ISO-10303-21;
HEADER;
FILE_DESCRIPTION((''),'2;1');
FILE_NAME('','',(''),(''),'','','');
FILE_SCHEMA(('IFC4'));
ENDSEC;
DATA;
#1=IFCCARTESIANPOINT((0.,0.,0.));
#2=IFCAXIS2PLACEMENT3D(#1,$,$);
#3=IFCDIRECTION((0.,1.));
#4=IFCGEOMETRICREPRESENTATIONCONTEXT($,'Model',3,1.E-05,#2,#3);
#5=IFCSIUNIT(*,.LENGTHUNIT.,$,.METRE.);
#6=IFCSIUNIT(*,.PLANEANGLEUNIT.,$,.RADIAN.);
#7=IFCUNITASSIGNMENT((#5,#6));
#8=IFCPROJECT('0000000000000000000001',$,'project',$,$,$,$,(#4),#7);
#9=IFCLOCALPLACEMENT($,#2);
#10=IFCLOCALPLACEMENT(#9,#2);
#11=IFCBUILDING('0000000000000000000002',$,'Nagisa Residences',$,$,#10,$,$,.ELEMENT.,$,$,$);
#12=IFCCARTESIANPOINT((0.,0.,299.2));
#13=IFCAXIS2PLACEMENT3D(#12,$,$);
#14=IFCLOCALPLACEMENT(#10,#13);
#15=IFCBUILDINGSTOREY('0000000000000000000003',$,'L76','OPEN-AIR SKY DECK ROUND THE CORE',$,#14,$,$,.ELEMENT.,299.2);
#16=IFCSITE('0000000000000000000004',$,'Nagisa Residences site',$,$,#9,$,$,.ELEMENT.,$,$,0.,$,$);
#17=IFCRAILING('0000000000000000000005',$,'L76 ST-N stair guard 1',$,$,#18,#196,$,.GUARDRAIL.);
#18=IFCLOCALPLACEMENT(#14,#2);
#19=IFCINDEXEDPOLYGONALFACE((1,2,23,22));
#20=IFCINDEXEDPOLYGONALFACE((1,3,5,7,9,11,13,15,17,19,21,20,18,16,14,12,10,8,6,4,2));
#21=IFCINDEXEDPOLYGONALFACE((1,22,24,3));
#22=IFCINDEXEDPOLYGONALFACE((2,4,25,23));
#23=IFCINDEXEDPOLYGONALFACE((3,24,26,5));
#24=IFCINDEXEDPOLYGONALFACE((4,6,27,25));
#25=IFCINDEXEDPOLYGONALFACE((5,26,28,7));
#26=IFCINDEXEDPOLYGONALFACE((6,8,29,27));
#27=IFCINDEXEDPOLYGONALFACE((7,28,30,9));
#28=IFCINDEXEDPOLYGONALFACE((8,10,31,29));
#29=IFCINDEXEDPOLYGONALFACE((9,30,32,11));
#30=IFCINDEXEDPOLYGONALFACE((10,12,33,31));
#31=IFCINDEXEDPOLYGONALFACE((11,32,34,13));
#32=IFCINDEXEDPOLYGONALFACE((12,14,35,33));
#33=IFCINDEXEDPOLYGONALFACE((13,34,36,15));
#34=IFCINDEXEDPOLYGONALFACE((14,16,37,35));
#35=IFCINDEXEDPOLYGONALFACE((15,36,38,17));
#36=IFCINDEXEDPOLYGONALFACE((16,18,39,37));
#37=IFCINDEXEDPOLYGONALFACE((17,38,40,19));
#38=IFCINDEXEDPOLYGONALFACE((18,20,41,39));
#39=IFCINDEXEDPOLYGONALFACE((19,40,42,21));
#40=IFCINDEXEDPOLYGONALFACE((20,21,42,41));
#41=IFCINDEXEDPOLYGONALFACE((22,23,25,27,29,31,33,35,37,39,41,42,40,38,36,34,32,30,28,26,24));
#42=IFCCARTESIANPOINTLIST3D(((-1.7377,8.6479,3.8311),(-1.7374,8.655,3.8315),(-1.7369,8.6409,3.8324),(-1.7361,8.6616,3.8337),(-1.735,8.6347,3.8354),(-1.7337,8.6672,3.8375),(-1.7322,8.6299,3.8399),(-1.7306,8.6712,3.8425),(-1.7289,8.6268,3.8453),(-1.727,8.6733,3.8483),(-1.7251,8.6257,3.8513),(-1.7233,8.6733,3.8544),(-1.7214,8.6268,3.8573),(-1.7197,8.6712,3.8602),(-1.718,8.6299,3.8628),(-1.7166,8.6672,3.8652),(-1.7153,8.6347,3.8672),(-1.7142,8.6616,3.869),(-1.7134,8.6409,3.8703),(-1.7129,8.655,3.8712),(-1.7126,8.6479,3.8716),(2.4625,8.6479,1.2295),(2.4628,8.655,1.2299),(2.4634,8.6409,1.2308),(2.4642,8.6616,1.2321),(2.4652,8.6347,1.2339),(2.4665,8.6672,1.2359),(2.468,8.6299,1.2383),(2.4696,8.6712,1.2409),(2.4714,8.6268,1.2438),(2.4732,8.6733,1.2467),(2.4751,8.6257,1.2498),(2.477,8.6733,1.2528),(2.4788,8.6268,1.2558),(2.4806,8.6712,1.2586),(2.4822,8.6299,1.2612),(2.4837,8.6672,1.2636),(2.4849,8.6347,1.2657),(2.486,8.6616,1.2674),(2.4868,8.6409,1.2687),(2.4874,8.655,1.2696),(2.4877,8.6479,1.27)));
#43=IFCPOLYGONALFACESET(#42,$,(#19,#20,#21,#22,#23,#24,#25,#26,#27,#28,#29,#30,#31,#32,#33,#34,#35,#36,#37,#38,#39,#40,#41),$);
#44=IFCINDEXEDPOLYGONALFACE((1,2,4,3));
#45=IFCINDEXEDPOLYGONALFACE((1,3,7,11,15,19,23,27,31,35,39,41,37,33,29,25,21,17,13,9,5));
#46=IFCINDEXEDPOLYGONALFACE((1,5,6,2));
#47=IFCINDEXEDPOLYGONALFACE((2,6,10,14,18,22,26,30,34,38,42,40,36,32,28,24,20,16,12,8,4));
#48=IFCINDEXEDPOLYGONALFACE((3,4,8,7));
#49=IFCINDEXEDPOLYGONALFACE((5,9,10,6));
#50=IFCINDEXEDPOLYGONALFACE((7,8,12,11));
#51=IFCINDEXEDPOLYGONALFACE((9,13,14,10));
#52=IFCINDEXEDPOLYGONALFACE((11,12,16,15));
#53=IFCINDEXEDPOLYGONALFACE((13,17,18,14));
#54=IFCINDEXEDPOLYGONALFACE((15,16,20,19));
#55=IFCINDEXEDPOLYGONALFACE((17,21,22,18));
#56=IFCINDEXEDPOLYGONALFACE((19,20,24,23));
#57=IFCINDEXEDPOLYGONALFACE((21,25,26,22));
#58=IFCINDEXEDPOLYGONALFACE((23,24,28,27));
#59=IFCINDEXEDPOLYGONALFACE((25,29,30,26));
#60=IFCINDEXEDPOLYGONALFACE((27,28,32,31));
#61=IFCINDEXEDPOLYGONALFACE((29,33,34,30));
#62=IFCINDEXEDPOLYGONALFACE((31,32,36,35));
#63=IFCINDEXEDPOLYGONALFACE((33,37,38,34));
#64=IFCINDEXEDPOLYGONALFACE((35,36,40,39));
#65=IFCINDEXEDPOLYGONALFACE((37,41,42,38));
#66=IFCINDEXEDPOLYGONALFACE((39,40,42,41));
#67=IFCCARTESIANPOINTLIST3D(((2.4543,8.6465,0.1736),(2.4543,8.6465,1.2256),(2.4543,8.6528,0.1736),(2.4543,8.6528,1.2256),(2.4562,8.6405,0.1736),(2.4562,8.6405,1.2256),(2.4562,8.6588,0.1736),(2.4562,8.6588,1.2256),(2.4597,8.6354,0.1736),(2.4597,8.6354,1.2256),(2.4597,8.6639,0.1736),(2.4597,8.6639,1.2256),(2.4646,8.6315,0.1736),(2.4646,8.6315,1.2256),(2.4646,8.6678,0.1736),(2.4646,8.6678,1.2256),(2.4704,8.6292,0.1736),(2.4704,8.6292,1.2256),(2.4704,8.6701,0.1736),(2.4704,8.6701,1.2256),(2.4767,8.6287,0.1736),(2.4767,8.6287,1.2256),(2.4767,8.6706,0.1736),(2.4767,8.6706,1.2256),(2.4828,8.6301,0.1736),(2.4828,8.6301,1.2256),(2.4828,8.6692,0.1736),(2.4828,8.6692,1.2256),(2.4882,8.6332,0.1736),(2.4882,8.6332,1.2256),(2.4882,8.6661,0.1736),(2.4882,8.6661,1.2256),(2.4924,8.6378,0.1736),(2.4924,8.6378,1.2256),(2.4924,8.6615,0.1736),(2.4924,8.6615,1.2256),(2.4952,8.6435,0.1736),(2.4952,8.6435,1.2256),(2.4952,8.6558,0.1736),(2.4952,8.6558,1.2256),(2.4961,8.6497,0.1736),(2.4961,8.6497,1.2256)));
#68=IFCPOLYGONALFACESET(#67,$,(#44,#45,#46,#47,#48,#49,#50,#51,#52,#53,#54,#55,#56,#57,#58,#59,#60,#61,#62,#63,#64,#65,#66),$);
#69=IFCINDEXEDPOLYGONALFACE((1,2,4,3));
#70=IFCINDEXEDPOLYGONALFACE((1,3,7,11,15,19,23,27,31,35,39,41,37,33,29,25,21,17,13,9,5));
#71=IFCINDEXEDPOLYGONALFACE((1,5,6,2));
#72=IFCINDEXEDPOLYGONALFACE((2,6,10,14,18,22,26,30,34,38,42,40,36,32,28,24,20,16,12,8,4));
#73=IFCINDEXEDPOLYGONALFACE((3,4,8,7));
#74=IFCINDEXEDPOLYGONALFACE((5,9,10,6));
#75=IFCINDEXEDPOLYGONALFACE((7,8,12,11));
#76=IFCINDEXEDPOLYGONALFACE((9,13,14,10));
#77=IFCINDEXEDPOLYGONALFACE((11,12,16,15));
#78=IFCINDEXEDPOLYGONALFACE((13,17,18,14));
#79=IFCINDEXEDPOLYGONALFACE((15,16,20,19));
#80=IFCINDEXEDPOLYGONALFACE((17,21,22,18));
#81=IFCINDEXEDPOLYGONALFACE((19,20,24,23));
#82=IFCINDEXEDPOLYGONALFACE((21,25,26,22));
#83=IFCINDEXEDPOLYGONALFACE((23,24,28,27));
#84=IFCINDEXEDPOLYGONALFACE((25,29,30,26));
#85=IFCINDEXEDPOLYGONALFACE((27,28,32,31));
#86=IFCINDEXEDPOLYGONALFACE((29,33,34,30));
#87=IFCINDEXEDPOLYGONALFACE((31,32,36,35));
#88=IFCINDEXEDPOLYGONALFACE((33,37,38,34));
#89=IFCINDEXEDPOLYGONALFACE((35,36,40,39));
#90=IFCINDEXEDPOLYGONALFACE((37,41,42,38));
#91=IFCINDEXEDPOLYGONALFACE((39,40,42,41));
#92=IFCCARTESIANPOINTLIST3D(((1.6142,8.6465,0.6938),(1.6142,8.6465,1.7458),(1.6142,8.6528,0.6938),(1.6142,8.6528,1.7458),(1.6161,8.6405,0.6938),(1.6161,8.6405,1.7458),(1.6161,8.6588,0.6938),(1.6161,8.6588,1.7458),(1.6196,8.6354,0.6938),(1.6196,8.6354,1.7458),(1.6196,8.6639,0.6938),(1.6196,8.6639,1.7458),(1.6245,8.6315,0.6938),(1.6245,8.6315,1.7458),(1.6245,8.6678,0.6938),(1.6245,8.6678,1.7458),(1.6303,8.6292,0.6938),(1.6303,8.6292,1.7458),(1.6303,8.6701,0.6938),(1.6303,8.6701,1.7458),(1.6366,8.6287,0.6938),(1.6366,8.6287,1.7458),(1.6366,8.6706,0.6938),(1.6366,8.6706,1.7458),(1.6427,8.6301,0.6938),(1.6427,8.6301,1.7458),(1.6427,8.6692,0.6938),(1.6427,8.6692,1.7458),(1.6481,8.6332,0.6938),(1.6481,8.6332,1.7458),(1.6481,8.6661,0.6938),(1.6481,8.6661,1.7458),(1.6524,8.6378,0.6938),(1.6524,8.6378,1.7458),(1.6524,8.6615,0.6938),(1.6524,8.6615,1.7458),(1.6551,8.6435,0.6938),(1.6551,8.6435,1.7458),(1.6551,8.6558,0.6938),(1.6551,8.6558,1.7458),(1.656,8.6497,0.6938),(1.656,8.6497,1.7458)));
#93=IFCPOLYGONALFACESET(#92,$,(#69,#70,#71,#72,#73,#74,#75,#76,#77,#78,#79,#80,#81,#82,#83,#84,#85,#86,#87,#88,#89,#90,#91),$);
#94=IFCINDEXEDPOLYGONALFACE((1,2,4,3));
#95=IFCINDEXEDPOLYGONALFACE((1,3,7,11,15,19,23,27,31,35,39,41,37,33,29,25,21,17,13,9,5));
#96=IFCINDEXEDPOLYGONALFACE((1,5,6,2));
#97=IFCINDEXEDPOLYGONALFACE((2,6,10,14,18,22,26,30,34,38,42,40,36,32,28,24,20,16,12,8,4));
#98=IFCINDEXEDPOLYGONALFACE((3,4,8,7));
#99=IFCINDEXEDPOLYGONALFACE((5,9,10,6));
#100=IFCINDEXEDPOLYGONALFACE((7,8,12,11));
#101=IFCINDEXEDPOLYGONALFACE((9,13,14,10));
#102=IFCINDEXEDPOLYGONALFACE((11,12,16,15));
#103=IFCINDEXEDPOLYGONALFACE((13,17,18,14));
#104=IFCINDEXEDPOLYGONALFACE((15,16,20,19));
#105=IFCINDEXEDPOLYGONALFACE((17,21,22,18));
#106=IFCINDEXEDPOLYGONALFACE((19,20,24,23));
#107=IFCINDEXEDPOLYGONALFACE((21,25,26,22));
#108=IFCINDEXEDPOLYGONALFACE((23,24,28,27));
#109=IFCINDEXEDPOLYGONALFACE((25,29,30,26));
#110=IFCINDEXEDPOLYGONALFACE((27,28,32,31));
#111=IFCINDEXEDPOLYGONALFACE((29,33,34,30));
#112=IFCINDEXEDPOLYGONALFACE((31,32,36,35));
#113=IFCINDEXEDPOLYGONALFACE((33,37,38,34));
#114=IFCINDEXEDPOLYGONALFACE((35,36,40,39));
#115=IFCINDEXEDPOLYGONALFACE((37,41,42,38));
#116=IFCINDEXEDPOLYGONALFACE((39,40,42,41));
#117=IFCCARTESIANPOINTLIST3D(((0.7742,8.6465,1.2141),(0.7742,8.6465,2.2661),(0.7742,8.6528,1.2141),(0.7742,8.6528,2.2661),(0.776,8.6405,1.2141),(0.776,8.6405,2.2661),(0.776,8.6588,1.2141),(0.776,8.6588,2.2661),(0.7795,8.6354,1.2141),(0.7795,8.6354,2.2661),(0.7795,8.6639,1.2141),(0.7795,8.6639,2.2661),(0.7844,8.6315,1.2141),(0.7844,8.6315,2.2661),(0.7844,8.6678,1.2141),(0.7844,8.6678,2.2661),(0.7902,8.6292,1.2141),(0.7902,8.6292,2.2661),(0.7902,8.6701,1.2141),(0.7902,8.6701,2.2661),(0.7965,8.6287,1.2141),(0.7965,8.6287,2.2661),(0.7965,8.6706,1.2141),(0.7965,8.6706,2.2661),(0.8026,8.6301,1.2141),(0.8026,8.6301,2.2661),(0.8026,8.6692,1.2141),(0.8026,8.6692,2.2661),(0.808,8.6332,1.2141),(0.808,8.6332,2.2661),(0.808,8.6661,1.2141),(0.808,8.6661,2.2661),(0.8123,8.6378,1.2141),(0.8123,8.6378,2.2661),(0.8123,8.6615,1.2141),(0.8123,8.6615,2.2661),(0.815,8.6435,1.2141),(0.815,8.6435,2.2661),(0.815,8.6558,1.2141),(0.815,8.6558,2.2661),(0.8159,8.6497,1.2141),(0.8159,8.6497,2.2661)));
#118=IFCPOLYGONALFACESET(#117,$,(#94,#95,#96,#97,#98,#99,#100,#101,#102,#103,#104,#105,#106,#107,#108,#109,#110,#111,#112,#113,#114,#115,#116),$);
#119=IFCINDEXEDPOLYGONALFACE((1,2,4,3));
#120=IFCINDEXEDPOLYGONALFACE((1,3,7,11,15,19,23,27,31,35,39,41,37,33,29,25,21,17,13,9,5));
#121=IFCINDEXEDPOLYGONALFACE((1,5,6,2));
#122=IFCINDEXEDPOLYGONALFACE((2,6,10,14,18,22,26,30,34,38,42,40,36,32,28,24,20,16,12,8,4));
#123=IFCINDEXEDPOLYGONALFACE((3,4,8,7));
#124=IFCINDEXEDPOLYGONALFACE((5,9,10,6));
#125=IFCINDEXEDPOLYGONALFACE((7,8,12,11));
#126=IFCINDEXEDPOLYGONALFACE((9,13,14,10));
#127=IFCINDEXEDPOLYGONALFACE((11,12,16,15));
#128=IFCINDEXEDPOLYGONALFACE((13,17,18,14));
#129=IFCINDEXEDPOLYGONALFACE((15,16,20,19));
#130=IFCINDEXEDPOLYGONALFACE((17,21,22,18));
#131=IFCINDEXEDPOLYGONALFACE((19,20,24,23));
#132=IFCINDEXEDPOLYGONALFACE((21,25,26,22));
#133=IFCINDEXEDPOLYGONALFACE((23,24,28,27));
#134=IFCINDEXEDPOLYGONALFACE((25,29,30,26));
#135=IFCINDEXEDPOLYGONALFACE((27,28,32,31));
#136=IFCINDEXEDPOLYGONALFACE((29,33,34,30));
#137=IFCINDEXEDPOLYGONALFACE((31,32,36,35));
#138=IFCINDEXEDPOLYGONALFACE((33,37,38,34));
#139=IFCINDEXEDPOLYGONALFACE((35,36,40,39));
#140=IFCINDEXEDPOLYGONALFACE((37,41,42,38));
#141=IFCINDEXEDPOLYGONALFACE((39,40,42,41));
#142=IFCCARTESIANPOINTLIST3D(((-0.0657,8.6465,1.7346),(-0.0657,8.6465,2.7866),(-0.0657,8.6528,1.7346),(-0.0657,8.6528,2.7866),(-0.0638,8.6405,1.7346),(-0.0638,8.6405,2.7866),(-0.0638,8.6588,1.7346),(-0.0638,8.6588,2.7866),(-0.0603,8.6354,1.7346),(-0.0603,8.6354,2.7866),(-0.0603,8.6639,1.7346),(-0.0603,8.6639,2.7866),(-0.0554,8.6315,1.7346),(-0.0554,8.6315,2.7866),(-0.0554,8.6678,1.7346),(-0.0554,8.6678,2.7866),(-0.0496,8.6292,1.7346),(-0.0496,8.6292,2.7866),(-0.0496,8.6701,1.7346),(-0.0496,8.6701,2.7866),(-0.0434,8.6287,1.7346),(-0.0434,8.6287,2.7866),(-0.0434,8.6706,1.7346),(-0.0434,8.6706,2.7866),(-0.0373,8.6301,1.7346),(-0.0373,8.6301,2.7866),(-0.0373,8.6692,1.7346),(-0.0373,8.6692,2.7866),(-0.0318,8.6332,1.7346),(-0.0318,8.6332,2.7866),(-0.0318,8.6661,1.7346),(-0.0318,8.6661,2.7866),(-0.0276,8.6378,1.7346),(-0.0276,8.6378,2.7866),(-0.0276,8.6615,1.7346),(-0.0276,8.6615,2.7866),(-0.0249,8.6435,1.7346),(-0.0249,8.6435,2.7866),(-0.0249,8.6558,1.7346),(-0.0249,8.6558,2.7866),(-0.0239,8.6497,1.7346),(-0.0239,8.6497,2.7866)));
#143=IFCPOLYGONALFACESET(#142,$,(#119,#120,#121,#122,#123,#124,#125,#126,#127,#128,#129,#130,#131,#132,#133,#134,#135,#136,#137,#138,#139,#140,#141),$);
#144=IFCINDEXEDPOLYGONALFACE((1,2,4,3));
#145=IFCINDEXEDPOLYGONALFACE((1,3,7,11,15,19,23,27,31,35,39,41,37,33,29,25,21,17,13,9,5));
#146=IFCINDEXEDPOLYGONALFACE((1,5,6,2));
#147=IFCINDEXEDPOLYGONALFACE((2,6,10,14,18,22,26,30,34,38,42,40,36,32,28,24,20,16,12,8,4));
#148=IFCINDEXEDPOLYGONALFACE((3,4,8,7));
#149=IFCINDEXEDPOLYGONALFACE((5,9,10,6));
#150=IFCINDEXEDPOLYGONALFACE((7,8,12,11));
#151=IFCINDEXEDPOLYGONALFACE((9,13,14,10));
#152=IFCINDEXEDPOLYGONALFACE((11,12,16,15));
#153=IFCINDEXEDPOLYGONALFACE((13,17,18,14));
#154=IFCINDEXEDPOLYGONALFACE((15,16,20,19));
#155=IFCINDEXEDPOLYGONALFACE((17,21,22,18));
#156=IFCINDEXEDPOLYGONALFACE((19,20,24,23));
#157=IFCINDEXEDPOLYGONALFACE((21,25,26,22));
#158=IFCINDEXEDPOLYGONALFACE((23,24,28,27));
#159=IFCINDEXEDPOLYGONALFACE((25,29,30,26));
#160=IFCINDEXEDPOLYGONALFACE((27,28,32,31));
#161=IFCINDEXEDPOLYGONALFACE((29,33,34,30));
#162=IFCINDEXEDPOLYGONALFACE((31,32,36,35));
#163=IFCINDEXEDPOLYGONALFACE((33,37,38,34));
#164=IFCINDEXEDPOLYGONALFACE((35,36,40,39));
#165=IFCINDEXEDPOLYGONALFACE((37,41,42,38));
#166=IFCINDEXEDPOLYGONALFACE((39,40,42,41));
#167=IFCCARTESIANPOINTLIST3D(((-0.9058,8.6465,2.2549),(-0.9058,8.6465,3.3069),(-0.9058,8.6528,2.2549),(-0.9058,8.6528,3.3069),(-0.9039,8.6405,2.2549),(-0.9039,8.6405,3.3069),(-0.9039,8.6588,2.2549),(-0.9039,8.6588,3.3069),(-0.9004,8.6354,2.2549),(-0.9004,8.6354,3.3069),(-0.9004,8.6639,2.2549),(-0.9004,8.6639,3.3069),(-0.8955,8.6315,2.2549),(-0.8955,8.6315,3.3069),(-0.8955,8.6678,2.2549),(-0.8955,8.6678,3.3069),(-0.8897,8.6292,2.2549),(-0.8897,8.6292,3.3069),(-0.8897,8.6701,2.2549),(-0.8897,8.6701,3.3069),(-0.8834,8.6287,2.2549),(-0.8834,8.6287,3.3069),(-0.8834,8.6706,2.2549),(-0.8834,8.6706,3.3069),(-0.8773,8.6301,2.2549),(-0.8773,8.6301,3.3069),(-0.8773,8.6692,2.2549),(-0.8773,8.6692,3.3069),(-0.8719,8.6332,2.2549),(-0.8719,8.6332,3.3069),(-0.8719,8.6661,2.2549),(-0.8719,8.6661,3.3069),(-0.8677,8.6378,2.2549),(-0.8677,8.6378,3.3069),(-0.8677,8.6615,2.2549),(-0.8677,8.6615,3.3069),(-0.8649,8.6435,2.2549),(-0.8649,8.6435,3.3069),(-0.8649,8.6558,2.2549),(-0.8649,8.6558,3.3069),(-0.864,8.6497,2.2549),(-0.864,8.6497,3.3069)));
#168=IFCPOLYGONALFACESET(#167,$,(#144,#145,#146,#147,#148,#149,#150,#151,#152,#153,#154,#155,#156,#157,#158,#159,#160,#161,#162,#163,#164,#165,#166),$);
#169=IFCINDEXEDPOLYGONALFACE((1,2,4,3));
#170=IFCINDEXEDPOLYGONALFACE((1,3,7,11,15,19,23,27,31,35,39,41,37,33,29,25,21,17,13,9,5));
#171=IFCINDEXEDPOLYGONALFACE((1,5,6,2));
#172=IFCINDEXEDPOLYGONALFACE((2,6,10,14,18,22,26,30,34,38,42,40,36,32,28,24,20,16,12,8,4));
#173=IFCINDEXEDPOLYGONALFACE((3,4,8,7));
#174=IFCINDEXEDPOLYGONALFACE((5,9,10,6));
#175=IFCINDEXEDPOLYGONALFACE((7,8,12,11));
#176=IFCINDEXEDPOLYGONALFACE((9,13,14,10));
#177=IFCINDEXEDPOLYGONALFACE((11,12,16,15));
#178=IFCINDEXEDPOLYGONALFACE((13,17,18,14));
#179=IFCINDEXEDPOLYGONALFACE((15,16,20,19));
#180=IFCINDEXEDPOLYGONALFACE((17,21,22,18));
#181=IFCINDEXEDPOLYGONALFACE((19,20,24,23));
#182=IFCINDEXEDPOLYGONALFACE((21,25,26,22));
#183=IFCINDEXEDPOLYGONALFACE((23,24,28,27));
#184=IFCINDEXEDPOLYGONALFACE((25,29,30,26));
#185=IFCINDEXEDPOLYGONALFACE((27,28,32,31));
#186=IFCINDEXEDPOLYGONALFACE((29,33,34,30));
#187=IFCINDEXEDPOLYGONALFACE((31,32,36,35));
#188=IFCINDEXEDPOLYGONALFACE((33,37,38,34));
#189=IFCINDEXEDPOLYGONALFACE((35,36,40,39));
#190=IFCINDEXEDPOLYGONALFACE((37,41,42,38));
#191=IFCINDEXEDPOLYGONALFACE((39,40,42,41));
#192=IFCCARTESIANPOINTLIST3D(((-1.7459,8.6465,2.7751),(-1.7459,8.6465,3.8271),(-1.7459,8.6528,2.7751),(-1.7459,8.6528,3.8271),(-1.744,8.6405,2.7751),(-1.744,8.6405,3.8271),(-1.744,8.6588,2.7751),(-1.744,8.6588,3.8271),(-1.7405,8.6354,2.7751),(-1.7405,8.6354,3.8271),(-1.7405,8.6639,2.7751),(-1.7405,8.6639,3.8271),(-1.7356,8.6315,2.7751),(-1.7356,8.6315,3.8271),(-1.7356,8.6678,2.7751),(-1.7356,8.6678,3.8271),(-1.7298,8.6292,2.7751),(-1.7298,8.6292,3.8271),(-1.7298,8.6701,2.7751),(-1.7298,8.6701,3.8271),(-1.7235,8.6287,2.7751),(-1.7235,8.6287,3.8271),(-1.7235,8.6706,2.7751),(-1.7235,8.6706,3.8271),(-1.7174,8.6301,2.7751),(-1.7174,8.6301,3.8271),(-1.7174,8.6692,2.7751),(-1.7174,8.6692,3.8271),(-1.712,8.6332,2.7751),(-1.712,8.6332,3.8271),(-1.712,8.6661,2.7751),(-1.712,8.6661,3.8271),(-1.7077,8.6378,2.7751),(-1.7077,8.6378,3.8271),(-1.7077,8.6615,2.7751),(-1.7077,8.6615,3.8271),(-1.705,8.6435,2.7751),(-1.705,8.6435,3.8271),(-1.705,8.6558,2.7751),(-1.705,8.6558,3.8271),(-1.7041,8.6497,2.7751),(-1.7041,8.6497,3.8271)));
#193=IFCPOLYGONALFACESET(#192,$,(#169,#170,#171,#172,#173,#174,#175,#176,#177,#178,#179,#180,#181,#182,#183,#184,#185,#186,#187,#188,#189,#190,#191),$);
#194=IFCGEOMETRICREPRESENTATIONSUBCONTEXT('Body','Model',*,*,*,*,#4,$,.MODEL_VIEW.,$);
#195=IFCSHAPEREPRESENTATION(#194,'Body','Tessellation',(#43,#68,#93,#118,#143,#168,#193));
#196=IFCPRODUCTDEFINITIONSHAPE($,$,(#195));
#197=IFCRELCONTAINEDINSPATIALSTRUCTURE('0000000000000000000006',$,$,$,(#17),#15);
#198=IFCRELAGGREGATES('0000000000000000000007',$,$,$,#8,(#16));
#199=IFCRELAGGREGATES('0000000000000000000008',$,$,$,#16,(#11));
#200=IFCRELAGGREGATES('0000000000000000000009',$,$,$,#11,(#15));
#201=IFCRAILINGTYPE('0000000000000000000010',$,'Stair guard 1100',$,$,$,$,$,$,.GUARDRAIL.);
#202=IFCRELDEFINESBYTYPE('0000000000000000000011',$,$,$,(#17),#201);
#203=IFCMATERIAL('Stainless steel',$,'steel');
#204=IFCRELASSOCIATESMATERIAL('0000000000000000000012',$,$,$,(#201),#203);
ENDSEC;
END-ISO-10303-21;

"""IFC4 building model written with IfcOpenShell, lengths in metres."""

from ifc_helpers import new_model, si_unit, direction, frame, origin, origin_2d, place, context, subcontext, project, spatial, circle, extrude, material, type_object, element, save


model = new_model("IFC4")

# Units and contexts
model_context = context("Model", 3, precision=1e-05, world=origin(), true_north=direction((0.0, 1.0)))
body_context = subcontext(model_context, "Body", "Model", "MODEL_VIEW")
ifc_project = project(units=[si_unit("LENGTHUNIT", "METRE"), si_unit("PLANEANGLEUNIT", "RADIAN")], contexts=[model_context])

# Site, building, storey
site_placement = place(None, origin())
site = spatial("IfcSite", under=ifc_project, at=site_placement, Name="Nagisa Residences site", CompositionType="ELEMENT", RefElevation=0.0)
building_placement = place(site_placement, origin())
building = spatial("IfcBuilding", under=site, at=building_placement, Name="Nagisa Residences", CompositionType="ELEMENT")
storey_placement = place(building_placement, frame((0.0, 0.0, 299.2)))
storey = spatial("IfcBuildingStorey", under=building, at=storey_placement, Name="L76", Description="OPEN-AIR SKY DECK ROUND THE CORE", CompositionType="ELEMENT", Elevation=299.2)

# Railing
ifc_material_1 = material(Name="Stainless steel", Category="steel")
railing_type_1 = type_object("IfcRailingType", Name="Stair guard 1100", PredefinedType="GUARDRAIL", material=ifc_material_1)
railing_1_placement = place(storey_placement, frame((2.4751, 8.6497, 0.1736)))
element("IfcRailing", 1, at=railing_1_placement, inside=storey, type_object=railing_type_1, Name="L76 ST-N stair guard 1", PredefinedType="GUARDRAIL", context=body_context, shape_type="SweptSolid", body=[
    extrude(circle(Radius=0.0239, at=origin_2d()), frame((0.0, 0.0, 1.0762), z_axis=(-0.850135, 0.0, 0.526566), x_axis=(0.0, -1.0, 0.0)), (0.0, 0.0, 1.0), 4.9407),
    extrude(circle(Radius=0.021, at=origin_2d()), origin(), (0.0, 0.0, 1.0), 1.052),
    extrude(circle(Radius=0.021, at=origin_2d()), frame((-0.8401, 0.0, 0.5203)), (0.0, 0.0, 1.0), 1.052),
    extrude(circle(Radius=0.021, at=origin_2d()), frame((-1.6802, 0.0, 1.0405)), (0.0, 0.0, 1.0), 1.052),
    extrude(circle(Radius=0.021, at=origin_2d()), frame((-2.52, 0.0, 1.561)), (0.0, 0.0, 1.0), 1.052),
    extrude(circle(Radius=0.021, at=origin_2d()), frame((-3.3601, 0.0, 2.0813)), (0.0, 0.0, 1.0), 1.052),
    extrude(circle(Radius=0.021, at=origin_2d()), frame((-4.2002, 0.0, 2.6016)), (0.0, 0.0, 1.0), 1.052),
])

save(model, "model.ifc")
